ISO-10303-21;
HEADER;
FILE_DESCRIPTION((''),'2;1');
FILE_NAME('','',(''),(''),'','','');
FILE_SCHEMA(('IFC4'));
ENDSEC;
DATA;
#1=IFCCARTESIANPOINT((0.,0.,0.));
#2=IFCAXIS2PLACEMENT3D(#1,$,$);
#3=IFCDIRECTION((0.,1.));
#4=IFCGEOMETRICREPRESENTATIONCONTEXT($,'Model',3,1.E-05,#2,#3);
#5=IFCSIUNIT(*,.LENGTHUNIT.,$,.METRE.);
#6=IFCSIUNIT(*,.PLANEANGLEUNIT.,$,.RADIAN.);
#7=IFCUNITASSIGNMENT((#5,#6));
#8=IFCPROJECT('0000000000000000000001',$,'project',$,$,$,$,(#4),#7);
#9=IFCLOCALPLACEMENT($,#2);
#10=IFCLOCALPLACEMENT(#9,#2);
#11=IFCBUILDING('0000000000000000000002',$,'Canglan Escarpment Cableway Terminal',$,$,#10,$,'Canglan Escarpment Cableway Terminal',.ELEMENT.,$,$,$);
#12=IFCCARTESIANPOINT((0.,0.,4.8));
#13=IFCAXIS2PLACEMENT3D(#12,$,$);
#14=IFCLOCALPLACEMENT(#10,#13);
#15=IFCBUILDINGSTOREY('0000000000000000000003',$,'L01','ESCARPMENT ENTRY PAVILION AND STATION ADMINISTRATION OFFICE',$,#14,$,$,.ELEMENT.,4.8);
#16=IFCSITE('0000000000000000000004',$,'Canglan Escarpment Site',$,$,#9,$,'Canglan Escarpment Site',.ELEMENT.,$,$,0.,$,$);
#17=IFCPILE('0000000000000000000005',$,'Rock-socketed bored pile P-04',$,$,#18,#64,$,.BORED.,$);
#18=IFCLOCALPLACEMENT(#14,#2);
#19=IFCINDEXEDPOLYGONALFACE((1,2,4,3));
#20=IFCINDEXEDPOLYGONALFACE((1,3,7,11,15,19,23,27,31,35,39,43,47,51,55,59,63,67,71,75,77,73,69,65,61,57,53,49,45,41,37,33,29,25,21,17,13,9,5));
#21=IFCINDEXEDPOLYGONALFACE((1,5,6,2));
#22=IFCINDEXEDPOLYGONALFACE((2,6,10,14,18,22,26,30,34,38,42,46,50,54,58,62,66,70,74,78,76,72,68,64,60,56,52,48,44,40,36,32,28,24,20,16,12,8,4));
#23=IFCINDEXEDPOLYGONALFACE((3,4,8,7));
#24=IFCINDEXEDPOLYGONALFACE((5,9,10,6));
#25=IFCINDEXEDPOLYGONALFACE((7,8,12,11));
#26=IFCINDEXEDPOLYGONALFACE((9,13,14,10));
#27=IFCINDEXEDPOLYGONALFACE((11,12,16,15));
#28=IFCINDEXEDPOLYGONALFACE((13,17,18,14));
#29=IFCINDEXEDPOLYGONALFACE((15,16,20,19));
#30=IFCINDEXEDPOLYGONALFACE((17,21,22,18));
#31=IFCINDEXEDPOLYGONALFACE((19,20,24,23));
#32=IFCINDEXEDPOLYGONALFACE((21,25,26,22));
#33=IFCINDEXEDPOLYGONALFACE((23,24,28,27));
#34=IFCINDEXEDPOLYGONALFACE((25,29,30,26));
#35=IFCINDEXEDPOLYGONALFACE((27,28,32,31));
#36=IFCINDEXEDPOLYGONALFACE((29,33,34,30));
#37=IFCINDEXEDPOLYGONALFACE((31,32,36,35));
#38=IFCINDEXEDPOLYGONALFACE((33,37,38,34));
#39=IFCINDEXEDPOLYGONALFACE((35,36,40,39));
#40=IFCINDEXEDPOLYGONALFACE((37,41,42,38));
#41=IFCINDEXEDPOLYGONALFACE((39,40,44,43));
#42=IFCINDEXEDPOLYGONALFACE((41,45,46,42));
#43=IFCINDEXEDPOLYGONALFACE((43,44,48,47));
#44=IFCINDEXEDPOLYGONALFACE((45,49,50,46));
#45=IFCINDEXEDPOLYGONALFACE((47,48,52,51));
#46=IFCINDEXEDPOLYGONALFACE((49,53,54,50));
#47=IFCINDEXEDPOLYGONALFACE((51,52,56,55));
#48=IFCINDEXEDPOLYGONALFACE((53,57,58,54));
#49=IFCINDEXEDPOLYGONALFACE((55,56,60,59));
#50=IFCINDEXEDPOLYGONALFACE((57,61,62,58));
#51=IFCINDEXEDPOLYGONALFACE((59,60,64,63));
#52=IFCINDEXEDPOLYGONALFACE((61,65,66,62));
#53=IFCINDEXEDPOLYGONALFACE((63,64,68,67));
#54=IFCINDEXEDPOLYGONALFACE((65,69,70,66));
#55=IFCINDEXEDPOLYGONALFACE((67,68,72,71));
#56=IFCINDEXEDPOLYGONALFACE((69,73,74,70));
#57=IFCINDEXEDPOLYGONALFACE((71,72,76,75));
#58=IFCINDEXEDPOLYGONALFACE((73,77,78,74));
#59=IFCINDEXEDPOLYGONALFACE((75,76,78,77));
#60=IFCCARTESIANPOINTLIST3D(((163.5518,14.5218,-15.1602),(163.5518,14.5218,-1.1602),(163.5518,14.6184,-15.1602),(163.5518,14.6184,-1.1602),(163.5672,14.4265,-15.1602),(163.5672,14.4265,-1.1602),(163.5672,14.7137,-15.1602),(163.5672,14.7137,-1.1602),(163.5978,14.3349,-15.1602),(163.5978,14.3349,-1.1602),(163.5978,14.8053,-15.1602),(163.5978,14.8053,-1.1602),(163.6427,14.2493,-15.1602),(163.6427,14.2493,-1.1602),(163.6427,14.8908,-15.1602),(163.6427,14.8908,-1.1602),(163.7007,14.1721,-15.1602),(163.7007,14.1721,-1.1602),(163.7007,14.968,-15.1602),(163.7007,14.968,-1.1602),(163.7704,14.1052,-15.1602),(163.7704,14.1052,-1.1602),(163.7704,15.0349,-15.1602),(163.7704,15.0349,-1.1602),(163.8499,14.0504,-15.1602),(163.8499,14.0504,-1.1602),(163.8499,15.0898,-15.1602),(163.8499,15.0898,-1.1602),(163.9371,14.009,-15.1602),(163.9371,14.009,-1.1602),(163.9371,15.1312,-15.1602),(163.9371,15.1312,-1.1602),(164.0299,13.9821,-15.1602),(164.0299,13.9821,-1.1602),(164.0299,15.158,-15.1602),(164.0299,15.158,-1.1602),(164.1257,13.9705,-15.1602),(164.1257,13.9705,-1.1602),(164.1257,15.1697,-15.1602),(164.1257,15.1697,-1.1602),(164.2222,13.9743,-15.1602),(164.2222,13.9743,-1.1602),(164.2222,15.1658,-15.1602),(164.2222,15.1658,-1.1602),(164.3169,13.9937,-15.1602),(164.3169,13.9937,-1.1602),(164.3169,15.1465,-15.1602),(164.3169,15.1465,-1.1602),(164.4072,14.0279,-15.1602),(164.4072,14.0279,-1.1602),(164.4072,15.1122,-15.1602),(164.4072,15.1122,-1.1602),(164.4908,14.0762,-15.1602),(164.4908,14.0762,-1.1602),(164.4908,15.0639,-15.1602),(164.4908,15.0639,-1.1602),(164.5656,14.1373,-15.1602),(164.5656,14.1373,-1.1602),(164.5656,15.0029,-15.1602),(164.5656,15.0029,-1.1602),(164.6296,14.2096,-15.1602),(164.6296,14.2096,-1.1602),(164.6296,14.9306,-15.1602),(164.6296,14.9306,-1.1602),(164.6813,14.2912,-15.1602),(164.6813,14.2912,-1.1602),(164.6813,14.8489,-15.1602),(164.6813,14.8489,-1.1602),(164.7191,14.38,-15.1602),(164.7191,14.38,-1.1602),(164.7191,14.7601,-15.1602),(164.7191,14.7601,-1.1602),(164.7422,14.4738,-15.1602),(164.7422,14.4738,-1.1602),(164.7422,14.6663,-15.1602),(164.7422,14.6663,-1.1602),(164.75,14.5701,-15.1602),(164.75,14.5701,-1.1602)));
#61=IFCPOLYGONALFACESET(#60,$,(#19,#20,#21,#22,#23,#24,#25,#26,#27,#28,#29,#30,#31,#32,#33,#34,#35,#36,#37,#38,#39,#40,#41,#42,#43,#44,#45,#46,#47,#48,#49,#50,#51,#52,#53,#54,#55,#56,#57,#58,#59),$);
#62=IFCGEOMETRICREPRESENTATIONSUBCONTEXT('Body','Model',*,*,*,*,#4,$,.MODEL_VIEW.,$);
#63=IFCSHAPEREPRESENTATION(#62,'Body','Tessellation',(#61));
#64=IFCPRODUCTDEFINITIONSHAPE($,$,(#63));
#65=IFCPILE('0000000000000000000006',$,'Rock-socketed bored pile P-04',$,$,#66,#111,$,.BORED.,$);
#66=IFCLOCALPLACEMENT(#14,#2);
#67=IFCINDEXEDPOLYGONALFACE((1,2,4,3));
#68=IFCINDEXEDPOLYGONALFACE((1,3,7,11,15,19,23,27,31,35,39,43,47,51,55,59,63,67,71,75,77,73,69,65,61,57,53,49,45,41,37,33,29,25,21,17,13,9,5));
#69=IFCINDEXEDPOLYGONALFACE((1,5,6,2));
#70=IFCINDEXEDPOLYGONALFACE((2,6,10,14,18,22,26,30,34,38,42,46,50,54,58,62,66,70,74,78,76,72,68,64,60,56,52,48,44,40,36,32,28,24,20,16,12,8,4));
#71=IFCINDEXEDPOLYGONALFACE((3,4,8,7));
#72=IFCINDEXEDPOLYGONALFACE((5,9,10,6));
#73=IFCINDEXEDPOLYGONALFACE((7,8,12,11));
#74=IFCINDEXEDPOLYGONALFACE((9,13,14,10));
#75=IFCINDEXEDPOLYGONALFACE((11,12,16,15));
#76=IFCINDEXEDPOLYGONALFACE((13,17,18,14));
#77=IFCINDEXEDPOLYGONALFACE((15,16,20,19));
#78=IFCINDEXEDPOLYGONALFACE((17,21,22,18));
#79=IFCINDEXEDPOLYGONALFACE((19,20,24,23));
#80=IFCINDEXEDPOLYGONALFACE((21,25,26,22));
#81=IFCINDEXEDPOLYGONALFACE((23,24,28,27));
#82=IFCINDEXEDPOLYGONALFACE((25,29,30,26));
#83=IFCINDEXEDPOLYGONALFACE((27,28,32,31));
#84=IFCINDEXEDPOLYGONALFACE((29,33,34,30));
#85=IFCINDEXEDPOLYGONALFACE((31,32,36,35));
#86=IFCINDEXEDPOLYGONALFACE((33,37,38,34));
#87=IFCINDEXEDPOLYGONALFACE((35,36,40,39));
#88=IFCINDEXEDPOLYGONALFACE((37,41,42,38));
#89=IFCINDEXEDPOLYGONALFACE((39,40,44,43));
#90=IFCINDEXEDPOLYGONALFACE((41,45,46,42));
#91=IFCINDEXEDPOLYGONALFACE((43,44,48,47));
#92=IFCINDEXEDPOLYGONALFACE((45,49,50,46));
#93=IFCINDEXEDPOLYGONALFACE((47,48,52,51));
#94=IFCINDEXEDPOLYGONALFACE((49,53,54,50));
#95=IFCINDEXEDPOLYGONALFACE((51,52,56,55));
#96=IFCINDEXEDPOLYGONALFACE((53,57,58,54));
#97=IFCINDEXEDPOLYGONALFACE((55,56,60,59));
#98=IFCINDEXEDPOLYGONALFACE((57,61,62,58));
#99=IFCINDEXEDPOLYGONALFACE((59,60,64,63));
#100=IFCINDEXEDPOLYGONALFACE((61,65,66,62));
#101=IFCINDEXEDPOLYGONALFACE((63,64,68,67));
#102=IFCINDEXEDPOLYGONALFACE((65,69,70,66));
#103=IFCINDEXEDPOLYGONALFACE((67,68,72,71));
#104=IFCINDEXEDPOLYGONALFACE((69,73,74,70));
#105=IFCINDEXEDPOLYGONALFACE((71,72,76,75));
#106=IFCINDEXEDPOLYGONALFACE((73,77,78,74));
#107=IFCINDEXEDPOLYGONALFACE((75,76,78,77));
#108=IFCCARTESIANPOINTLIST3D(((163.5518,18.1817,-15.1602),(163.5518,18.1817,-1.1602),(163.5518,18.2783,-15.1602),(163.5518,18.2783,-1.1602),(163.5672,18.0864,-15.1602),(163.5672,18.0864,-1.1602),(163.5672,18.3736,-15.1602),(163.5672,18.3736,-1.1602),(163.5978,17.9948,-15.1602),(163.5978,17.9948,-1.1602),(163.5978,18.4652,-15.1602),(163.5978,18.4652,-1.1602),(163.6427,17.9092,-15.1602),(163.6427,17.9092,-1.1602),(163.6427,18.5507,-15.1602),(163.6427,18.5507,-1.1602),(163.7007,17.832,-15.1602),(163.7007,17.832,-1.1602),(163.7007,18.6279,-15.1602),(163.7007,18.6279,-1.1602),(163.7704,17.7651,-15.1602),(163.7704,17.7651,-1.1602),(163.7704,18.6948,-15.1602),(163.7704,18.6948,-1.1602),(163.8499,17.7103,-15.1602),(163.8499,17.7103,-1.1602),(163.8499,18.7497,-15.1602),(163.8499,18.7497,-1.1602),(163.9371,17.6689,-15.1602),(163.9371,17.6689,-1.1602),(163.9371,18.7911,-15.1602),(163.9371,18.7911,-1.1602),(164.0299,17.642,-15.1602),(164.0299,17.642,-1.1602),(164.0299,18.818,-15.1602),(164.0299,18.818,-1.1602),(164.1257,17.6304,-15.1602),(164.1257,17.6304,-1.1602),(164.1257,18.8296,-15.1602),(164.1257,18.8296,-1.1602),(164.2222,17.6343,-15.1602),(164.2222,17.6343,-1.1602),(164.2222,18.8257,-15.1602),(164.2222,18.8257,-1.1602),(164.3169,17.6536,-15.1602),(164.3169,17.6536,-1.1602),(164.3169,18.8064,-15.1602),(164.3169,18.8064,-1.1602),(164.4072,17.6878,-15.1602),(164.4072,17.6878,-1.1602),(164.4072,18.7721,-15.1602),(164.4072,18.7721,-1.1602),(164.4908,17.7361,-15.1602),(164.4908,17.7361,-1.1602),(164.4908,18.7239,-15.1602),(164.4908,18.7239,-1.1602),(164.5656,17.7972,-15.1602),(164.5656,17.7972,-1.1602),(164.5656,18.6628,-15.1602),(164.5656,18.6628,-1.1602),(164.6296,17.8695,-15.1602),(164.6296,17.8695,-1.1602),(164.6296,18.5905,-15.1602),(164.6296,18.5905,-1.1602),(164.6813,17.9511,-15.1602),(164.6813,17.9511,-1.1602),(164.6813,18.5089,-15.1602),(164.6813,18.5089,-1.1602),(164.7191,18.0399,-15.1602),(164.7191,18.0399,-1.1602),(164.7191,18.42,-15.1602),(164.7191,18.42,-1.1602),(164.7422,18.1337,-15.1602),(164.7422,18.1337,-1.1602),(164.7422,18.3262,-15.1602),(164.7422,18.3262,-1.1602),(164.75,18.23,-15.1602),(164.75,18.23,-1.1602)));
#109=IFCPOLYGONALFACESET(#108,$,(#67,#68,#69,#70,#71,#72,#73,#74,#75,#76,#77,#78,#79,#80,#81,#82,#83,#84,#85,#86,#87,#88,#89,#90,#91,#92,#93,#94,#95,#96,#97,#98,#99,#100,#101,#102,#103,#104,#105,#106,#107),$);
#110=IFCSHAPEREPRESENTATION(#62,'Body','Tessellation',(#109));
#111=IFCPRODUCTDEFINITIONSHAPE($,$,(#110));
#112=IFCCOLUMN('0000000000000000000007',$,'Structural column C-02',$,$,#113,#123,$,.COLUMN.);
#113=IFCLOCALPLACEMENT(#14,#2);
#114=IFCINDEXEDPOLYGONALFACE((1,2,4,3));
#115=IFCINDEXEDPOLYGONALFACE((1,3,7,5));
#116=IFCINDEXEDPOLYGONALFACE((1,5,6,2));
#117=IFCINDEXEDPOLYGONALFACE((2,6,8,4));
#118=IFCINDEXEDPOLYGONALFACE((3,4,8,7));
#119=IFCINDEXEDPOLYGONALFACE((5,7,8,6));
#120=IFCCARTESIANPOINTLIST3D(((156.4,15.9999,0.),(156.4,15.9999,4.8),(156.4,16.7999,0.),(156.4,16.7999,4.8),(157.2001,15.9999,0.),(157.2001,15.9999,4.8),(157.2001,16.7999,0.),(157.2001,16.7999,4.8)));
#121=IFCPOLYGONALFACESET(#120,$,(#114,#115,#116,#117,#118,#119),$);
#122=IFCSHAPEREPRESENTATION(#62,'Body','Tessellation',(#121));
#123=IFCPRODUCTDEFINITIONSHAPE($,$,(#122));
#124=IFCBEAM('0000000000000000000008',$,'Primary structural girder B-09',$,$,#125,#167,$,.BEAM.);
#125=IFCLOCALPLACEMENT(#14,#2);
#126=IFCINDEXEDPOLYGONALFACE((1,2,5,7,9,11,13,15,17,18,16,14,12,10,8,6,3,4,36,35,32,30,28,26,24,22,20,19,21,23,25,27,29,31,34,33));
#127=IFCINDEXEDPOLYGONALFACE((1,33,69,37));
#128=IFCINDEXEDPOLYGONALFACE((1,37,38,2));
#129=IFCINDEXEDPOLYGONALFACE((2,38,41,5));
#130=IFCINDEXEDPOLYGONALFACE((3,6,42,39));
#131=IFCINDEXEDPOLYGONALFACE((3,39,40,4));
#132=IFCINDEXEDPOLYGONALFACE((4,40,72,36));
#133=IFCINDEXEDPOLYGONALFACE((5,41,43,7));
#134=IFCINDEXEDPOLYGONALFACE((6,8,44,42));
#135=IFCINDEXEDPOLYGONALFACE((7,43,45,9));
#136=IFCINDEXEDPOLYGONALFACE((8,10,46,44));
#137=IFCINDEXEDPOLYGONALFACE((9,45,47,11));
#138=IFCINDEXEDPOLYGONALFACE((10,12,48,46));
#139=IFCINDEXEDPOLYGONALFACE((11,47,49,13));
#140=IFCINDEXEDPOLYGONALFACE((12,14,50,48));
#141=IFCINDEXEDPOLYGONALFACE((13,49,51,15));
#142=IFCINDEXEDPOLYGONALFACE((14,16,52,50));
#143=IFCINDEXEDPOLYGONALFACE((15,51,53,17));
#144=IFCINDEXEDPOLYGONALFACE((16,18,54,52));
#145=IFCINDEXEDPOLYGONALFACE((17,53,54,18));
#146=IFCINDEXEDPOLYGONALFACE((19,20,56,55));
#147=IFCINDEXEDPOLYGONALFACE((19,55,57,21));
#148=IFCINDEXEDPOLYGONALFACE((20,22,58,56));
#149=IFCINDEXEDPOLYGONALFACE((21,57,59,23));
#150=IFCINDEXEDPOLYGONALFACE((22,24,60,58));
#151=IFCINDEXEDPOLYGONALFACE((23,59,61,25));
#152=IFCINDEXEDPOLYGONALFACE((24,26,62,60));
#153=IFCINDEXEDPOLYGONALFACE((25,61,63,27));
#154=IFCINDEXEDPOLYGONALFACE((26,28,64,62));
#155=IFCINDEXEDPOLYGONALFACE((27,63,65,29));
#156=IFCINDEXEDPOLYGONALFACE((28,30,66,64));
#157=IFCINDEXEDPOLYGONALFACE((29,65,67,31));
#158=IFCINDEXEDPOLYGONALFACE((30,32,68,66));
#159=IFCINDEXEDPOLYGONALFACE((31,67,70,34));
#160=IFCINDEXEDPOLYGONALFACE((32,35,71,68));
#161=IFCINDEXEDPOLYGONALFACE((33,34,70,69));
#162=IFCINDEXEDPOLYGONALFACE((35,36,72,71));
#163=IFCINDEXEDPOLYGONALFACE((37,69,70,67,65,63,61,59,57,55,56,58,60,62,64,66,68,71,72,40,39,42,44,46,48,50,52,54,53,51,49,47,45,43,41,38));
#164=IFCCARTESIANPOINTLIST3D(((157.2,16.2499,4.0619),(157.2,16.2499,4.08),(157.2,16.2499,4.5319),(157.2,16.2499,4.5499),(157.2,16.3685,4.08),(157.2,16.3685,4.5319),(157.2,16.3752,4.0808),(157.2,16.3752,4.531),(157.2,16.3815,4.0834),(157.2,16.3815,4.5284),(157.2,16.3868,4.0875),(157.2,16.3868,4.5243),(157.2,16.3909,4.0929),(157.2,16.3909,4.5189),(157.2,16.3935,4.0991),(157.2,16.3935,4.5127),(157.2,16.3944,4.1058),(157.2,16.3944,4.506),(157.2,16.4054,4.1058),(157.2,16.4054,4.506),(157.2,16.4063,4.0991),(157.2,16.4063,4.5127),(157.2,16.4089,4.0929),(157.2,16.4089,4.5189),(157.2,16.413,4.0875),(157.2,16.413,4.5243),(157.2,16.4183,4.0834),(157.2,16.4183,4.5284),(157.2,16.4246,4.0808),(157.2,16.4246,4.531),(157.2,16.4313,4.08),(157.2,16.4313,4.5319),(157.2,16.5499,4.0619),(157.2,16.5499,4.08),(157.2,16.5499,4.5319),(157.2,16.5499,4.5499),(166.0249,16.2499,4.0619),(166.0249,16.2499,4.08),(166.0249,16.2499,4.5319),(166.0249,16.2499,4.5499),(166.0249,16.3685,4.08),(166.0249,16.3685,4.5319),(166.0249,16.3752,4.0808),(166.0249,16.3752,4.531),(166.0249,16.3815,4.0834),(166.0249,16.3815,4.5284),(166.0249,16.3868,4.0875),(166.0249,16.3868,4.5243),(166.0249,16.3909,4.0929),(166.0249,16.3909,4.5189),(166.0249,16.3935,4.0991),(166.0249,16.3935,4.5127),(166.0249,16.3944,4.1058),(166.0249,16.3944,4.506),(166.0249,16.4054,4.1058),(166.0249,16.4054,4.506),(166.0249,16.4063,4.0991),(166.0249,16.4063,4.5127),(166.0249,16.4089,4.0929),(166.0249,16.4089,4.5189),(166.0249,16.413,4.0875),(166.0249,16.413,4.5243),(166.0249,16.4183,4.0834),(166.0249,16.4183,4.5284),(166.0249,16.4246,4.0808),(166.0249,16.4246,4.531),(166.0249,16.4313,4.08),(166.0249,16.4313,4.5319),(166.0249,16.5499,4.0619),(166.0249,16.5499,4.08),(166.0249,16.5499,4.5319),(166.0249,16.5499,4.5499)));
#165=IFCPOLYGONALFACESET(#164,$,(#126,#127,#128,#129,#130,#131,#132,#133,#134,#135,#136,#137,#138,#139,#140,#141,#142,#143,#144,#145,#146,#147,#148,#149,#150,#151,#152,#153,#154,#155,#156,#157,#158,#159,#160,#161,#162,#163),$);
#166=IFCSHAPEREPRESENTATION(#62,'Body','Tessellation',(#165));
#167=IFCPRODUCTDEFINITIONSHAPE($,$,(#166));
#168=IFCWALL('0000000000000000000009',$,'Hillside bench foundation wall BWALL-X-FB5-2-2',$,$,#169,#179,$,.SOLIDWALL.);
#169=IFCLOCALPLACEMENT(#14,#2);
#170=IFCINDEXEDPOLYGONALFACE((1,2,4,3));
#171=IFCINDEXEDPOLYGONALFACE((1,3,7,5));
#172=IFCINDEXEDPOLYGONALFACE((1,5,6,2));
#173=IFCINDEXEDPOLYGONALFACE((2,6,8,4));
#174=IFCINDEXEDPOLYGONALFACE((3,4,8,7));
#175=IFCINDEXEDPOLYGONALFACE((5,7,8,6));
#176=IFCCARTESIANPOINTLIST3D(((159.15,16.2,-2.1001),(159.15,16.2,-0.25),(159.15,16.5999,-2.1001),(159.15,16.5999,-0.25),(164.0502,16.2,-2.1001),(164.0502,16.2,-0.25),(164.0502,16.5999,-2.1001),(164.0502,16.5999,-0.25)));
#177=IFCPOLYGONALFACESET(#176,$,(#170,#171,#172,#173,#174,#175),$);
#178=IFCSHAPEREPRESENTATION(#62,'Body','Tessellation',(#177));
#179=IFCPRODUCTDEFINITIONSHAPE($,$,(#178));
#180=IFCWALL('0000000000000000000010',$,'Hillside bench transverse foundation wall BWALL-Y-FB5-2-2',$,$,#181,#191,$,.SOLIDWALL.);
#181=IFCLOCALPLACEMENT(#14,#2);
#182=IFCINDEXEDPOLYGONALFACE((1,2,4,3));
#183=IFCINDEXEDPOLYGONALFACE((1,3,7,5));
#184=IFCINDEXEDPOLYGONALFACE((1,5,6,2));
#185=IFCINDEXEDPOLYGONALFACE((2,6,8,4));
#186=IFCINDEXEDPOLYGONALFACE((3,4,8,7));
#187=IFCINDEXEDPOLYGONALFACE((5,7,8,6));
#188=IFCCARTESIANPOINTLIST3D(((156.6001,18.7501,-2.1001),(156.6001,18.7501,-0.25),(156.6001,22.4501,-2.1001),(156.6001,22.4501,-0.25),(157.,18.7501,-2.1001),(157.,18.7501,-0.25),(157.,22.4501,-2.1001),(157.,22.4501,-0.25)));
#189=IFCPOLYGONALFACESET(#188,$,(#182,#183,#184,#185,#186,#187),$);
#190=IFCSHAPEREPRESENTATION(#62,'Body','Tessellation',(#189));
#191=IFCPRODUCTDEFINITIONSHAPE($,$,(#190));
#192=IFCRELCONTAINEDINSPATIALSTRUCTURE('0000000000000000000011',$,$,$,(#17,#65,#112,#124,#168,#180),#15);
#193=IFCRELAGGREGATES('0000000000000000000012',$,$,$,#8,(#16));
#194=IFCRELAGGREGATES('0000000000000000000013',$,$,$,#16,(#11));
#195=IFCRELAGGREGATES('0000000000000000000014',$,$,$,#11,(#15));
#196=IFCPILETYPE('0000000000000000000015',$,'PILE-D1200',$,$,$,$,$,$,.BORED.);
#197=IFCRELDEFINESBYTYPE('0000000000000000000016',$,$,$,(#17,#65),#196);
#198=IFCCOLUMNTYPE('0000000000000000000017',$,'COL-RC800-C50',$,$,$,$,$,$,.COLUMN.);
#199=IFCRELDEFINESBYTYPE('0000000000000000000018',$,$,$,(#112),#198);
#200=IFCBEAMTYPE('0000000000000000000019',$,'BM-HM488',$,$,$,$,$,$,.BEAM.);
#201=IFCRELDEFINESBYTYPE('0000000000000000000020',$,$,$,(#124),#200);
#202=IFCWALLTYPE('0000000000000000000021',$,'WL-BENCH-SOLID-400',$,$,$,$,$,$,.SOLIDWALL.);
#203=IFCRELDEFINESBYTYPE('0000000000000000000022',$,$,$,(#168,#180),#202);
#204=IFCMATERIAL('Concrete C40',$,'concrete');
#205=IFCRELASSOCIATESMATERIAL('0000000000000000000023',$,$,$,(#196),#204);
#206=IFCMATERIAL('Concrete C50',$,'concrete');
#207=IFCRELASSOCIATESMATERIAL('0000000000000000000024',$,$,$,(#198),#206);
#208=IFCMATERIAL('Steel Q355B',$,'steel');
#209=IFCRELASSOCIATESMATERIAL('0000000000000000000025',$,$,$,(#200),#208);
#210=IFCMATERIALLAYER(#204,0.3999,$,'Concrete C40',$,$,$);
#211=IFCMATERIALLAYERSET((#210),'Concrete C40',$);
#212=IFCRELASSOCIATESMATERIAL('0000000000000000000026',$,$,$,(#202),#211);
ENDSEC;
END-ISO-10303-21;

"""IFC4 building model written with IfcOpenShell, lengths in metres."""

from ifc_helpers import new_model, si_unit, direction, frame, frame_2d, origin, origin_2d, place, context, subcontext, project, spatial, rectangle, circle, i_section, extrude, material, layer, layer_set, material_profile, profile_set, type_object, element, save


model = new_model("IFC4")

# Units and contexts
model_context = context("Model", 3, precision=1e-05, world=origin(), true_north=direction((0.0, 1.0)))
body_context = subcontext(model_context, "Body", "Model", "MODEL_VIEW")
ifc_project = project(units=[si_unit("LENGTHUNIT", "METRE"), si_unit("PLANEANGLEUNIT", "RADIAN")], contexts=[model_context])

# Site, building, storey
site_placement = place(None, origin())
site = spatial("IfcSite", under=ifc_project, at=site_placement, Name="Canglan Escarpment Site", LongName="Canglan Escarpment Site", CompositionType="ELEMENT", RefElevation=0.0)
building_placement = place(site_placement, origin())
building = spatial("IfcBuilding", under=site, at=building_placement, Name="Canglan Escarpment Cableway Terminal", LongName="Canglan Escarpment Cableway Terminal", CompositionType="ELEMENT")
storey_placement = place(building_placement, frame((0.0, 0.0, 4.8)))
storey = spatial("IfcBuildingStorey", under=building, at=storey_placement, Name="L01", Description="ESCARPMENT ENTRY PAVILION AND STATION ADMINISTRATION OFFICE", CompositionType="ELEMENT", Elevation=4.8)

# Shared definitions
ifc_material_1 = material(Name="Concrete C40", Category="concrete")

# Piles
ifc_material_profile_1 = material_profile(ifc_material_1, circle(Radius=0.6001, at=origin_2d()), Name="BORED PILE D1200")
ifc_profile_set_1 = profile_set([ifc_material_profile_1], Name="Concrete C40")
pile_type = type_object("IfcPileType", Name="PILE-D1200", PredefinedType="BORED", material=ifc_profile_set_1)
for number, where, z_axis, x_axis, name in (
    (1, (164.1499, 14.5701, -1.1602), (0.0, 0.0, -1.0), (1.0, 0.0, 0.0), "Rock-socketed bored pile P-04"),
    (2, (164.1499, 18.23, -1.1602), (0.0, 0.0, -1.0), (1.0, 0.0, 0.0), "Rock-socketed bored pile P-04"),
):
    element("IfcPile", number, at=place(storey_placement, frame(where, z_axis=z_axis, x_axis=x_axis)), inside=storey, type_object=pile_type, Name=name, PredefinedType="BORED", context=body_context, shape_type="SweptSolid", body=[
        extrude(circle(Radius=0.6001, at=origin_2d()), origin(), (0.0, 0.0, 1.0), 14.0),
    ])

# Column
ifc_material_2 = material(Name="Concrete C50", Category="concrete")
ifc_material_profile_2 = material_profile(ifc_material_2, rectangle(XDim=0.8, YDim=0.8, at=origin_2d()), Name="RC 800x800")
ifc_profile_set_2 = profile_set([ifc_material_profile_2], Name="Concrete C50")
column_type = type_object("IfcColumnType", Name="COL-RC800-C50", PredefinedType="COLUMN", material=ifc_profile_set_2)
column_placement = place(storey_placement, frame((156.8, 16.3999, 0.0), z_axis=(0.0, 0.0, 1.0), x_axis=(1.0, 0.0, 0.0)))
element("IfcColumn", 3, at=column_placement, inside=storey, type_object=column_type, Name="Structural column C-02", PredefinedType="COLUMN", context=body_context, shape_type="SweptSolid", body=[
    extrude(rectangle(XDim=0.8, YDim=0.8, at=origin_2d()), origin(), (0.0, 0.0, 1.0), 4.8),
])

# Beam
ifc_material_3 = material(Name="Steel Q355B", Category="steel")
ifc_material_profile_3 = material_profile(ifc_material_3, i_section(OverallWidth=0.3, OverallDepth=0.488, WebThickness=0.011, FlangeThickness=0.0181, FilletRadius=0.0259, at=origin_2d()), Name="HM 488x300x11x18")
ifc_profile_set_3 = profile_set([ifc_material_profile_3], Name="Steel Q355B")
beam_type = type_object("IfcBeamType", Name="BM-HM488", PredefinedType="BEAM", material=ifc_profile_set_3)
beam_placement = place(storey_placement, frame((157.2, 16.3999, 4.3059), z_axis=(1.0, 0.0, 0.0), x_axis=(0.0, 1.0, 0.0)))
element("IfcBeam", 4, at=beam_placement, inside=storey, type_object=beam_type, Name="Primary structural girder B-09", PredefinedType="BEAM", context=body_context, shape_type="SweptSolid", body=[
    extrude(i_section(OverallWidth=0.3, OverallDepth=0.488, WebThickness=0.011, FlangeThickness=0.0181, FilletRadius=0.0259, at=origin_2d()), origin(), (0.0, 0.0, 1.0), 8.825),
])

# Walls
ifc_layer_1 = layer(ifc_material_1, 0.3999, Name="Concrete C40")
ifc_layer_set_1 = layer_set([ifc_layer_1], Name="Concrete C40")
wall_type_1 = type_object("IfcWallType", Name="WL-BENCH-SOLID-400", PredefinedType="SOLIDWALL", material=ifc_layer_set_1)
wall_1_placement = place(storey_placement, frame((159.1499, 16.3999, -2.1001), z_axis=(0.0, 0.0, 1.0), x_axis=(1.0, 0.0, 0.0)))
element("IfcWall", 5, at=wall_1_placement, inside=storey, type_object=wall_type_1, Name="Hillside bench foundation wall BWALL-X-FB5-2-2", PredefinedType="SOLIDWALL", context=body_context, shape_type="SweptSolid", body=[
    extrude(rectangle(XDim=4.9001, YDim=0.3999, at=frame_2d((2.4502, 0.0))), origin(), (0.0, 0.0, 1.0), 1.8501),
])
wall_2_placement = place(storey_placement, frame((156.8, 18.75, -2.1001), z_axis=(0.0, 0.0, 1.0), x_axis=(0.0, 1.0, 0.0)))
element("IfcWall", 6, at=wall_2_placement, inside=storey, type_object=wall_type_1, Name="Hillside bench transverse foundation wall BWALL-Y-FB5-2-2", PredefinedType="SOLIDWALL", context=body_context, shape_type="SweptSolid", body=[
    extrude(rectangle(XDim=3.7, YDim=0.3999, at=frame_2d((1.8501, 0.0))), origin(), (0.0, 0.0, 1.0), 1.8501),
])

save(model, "model.ifc")
